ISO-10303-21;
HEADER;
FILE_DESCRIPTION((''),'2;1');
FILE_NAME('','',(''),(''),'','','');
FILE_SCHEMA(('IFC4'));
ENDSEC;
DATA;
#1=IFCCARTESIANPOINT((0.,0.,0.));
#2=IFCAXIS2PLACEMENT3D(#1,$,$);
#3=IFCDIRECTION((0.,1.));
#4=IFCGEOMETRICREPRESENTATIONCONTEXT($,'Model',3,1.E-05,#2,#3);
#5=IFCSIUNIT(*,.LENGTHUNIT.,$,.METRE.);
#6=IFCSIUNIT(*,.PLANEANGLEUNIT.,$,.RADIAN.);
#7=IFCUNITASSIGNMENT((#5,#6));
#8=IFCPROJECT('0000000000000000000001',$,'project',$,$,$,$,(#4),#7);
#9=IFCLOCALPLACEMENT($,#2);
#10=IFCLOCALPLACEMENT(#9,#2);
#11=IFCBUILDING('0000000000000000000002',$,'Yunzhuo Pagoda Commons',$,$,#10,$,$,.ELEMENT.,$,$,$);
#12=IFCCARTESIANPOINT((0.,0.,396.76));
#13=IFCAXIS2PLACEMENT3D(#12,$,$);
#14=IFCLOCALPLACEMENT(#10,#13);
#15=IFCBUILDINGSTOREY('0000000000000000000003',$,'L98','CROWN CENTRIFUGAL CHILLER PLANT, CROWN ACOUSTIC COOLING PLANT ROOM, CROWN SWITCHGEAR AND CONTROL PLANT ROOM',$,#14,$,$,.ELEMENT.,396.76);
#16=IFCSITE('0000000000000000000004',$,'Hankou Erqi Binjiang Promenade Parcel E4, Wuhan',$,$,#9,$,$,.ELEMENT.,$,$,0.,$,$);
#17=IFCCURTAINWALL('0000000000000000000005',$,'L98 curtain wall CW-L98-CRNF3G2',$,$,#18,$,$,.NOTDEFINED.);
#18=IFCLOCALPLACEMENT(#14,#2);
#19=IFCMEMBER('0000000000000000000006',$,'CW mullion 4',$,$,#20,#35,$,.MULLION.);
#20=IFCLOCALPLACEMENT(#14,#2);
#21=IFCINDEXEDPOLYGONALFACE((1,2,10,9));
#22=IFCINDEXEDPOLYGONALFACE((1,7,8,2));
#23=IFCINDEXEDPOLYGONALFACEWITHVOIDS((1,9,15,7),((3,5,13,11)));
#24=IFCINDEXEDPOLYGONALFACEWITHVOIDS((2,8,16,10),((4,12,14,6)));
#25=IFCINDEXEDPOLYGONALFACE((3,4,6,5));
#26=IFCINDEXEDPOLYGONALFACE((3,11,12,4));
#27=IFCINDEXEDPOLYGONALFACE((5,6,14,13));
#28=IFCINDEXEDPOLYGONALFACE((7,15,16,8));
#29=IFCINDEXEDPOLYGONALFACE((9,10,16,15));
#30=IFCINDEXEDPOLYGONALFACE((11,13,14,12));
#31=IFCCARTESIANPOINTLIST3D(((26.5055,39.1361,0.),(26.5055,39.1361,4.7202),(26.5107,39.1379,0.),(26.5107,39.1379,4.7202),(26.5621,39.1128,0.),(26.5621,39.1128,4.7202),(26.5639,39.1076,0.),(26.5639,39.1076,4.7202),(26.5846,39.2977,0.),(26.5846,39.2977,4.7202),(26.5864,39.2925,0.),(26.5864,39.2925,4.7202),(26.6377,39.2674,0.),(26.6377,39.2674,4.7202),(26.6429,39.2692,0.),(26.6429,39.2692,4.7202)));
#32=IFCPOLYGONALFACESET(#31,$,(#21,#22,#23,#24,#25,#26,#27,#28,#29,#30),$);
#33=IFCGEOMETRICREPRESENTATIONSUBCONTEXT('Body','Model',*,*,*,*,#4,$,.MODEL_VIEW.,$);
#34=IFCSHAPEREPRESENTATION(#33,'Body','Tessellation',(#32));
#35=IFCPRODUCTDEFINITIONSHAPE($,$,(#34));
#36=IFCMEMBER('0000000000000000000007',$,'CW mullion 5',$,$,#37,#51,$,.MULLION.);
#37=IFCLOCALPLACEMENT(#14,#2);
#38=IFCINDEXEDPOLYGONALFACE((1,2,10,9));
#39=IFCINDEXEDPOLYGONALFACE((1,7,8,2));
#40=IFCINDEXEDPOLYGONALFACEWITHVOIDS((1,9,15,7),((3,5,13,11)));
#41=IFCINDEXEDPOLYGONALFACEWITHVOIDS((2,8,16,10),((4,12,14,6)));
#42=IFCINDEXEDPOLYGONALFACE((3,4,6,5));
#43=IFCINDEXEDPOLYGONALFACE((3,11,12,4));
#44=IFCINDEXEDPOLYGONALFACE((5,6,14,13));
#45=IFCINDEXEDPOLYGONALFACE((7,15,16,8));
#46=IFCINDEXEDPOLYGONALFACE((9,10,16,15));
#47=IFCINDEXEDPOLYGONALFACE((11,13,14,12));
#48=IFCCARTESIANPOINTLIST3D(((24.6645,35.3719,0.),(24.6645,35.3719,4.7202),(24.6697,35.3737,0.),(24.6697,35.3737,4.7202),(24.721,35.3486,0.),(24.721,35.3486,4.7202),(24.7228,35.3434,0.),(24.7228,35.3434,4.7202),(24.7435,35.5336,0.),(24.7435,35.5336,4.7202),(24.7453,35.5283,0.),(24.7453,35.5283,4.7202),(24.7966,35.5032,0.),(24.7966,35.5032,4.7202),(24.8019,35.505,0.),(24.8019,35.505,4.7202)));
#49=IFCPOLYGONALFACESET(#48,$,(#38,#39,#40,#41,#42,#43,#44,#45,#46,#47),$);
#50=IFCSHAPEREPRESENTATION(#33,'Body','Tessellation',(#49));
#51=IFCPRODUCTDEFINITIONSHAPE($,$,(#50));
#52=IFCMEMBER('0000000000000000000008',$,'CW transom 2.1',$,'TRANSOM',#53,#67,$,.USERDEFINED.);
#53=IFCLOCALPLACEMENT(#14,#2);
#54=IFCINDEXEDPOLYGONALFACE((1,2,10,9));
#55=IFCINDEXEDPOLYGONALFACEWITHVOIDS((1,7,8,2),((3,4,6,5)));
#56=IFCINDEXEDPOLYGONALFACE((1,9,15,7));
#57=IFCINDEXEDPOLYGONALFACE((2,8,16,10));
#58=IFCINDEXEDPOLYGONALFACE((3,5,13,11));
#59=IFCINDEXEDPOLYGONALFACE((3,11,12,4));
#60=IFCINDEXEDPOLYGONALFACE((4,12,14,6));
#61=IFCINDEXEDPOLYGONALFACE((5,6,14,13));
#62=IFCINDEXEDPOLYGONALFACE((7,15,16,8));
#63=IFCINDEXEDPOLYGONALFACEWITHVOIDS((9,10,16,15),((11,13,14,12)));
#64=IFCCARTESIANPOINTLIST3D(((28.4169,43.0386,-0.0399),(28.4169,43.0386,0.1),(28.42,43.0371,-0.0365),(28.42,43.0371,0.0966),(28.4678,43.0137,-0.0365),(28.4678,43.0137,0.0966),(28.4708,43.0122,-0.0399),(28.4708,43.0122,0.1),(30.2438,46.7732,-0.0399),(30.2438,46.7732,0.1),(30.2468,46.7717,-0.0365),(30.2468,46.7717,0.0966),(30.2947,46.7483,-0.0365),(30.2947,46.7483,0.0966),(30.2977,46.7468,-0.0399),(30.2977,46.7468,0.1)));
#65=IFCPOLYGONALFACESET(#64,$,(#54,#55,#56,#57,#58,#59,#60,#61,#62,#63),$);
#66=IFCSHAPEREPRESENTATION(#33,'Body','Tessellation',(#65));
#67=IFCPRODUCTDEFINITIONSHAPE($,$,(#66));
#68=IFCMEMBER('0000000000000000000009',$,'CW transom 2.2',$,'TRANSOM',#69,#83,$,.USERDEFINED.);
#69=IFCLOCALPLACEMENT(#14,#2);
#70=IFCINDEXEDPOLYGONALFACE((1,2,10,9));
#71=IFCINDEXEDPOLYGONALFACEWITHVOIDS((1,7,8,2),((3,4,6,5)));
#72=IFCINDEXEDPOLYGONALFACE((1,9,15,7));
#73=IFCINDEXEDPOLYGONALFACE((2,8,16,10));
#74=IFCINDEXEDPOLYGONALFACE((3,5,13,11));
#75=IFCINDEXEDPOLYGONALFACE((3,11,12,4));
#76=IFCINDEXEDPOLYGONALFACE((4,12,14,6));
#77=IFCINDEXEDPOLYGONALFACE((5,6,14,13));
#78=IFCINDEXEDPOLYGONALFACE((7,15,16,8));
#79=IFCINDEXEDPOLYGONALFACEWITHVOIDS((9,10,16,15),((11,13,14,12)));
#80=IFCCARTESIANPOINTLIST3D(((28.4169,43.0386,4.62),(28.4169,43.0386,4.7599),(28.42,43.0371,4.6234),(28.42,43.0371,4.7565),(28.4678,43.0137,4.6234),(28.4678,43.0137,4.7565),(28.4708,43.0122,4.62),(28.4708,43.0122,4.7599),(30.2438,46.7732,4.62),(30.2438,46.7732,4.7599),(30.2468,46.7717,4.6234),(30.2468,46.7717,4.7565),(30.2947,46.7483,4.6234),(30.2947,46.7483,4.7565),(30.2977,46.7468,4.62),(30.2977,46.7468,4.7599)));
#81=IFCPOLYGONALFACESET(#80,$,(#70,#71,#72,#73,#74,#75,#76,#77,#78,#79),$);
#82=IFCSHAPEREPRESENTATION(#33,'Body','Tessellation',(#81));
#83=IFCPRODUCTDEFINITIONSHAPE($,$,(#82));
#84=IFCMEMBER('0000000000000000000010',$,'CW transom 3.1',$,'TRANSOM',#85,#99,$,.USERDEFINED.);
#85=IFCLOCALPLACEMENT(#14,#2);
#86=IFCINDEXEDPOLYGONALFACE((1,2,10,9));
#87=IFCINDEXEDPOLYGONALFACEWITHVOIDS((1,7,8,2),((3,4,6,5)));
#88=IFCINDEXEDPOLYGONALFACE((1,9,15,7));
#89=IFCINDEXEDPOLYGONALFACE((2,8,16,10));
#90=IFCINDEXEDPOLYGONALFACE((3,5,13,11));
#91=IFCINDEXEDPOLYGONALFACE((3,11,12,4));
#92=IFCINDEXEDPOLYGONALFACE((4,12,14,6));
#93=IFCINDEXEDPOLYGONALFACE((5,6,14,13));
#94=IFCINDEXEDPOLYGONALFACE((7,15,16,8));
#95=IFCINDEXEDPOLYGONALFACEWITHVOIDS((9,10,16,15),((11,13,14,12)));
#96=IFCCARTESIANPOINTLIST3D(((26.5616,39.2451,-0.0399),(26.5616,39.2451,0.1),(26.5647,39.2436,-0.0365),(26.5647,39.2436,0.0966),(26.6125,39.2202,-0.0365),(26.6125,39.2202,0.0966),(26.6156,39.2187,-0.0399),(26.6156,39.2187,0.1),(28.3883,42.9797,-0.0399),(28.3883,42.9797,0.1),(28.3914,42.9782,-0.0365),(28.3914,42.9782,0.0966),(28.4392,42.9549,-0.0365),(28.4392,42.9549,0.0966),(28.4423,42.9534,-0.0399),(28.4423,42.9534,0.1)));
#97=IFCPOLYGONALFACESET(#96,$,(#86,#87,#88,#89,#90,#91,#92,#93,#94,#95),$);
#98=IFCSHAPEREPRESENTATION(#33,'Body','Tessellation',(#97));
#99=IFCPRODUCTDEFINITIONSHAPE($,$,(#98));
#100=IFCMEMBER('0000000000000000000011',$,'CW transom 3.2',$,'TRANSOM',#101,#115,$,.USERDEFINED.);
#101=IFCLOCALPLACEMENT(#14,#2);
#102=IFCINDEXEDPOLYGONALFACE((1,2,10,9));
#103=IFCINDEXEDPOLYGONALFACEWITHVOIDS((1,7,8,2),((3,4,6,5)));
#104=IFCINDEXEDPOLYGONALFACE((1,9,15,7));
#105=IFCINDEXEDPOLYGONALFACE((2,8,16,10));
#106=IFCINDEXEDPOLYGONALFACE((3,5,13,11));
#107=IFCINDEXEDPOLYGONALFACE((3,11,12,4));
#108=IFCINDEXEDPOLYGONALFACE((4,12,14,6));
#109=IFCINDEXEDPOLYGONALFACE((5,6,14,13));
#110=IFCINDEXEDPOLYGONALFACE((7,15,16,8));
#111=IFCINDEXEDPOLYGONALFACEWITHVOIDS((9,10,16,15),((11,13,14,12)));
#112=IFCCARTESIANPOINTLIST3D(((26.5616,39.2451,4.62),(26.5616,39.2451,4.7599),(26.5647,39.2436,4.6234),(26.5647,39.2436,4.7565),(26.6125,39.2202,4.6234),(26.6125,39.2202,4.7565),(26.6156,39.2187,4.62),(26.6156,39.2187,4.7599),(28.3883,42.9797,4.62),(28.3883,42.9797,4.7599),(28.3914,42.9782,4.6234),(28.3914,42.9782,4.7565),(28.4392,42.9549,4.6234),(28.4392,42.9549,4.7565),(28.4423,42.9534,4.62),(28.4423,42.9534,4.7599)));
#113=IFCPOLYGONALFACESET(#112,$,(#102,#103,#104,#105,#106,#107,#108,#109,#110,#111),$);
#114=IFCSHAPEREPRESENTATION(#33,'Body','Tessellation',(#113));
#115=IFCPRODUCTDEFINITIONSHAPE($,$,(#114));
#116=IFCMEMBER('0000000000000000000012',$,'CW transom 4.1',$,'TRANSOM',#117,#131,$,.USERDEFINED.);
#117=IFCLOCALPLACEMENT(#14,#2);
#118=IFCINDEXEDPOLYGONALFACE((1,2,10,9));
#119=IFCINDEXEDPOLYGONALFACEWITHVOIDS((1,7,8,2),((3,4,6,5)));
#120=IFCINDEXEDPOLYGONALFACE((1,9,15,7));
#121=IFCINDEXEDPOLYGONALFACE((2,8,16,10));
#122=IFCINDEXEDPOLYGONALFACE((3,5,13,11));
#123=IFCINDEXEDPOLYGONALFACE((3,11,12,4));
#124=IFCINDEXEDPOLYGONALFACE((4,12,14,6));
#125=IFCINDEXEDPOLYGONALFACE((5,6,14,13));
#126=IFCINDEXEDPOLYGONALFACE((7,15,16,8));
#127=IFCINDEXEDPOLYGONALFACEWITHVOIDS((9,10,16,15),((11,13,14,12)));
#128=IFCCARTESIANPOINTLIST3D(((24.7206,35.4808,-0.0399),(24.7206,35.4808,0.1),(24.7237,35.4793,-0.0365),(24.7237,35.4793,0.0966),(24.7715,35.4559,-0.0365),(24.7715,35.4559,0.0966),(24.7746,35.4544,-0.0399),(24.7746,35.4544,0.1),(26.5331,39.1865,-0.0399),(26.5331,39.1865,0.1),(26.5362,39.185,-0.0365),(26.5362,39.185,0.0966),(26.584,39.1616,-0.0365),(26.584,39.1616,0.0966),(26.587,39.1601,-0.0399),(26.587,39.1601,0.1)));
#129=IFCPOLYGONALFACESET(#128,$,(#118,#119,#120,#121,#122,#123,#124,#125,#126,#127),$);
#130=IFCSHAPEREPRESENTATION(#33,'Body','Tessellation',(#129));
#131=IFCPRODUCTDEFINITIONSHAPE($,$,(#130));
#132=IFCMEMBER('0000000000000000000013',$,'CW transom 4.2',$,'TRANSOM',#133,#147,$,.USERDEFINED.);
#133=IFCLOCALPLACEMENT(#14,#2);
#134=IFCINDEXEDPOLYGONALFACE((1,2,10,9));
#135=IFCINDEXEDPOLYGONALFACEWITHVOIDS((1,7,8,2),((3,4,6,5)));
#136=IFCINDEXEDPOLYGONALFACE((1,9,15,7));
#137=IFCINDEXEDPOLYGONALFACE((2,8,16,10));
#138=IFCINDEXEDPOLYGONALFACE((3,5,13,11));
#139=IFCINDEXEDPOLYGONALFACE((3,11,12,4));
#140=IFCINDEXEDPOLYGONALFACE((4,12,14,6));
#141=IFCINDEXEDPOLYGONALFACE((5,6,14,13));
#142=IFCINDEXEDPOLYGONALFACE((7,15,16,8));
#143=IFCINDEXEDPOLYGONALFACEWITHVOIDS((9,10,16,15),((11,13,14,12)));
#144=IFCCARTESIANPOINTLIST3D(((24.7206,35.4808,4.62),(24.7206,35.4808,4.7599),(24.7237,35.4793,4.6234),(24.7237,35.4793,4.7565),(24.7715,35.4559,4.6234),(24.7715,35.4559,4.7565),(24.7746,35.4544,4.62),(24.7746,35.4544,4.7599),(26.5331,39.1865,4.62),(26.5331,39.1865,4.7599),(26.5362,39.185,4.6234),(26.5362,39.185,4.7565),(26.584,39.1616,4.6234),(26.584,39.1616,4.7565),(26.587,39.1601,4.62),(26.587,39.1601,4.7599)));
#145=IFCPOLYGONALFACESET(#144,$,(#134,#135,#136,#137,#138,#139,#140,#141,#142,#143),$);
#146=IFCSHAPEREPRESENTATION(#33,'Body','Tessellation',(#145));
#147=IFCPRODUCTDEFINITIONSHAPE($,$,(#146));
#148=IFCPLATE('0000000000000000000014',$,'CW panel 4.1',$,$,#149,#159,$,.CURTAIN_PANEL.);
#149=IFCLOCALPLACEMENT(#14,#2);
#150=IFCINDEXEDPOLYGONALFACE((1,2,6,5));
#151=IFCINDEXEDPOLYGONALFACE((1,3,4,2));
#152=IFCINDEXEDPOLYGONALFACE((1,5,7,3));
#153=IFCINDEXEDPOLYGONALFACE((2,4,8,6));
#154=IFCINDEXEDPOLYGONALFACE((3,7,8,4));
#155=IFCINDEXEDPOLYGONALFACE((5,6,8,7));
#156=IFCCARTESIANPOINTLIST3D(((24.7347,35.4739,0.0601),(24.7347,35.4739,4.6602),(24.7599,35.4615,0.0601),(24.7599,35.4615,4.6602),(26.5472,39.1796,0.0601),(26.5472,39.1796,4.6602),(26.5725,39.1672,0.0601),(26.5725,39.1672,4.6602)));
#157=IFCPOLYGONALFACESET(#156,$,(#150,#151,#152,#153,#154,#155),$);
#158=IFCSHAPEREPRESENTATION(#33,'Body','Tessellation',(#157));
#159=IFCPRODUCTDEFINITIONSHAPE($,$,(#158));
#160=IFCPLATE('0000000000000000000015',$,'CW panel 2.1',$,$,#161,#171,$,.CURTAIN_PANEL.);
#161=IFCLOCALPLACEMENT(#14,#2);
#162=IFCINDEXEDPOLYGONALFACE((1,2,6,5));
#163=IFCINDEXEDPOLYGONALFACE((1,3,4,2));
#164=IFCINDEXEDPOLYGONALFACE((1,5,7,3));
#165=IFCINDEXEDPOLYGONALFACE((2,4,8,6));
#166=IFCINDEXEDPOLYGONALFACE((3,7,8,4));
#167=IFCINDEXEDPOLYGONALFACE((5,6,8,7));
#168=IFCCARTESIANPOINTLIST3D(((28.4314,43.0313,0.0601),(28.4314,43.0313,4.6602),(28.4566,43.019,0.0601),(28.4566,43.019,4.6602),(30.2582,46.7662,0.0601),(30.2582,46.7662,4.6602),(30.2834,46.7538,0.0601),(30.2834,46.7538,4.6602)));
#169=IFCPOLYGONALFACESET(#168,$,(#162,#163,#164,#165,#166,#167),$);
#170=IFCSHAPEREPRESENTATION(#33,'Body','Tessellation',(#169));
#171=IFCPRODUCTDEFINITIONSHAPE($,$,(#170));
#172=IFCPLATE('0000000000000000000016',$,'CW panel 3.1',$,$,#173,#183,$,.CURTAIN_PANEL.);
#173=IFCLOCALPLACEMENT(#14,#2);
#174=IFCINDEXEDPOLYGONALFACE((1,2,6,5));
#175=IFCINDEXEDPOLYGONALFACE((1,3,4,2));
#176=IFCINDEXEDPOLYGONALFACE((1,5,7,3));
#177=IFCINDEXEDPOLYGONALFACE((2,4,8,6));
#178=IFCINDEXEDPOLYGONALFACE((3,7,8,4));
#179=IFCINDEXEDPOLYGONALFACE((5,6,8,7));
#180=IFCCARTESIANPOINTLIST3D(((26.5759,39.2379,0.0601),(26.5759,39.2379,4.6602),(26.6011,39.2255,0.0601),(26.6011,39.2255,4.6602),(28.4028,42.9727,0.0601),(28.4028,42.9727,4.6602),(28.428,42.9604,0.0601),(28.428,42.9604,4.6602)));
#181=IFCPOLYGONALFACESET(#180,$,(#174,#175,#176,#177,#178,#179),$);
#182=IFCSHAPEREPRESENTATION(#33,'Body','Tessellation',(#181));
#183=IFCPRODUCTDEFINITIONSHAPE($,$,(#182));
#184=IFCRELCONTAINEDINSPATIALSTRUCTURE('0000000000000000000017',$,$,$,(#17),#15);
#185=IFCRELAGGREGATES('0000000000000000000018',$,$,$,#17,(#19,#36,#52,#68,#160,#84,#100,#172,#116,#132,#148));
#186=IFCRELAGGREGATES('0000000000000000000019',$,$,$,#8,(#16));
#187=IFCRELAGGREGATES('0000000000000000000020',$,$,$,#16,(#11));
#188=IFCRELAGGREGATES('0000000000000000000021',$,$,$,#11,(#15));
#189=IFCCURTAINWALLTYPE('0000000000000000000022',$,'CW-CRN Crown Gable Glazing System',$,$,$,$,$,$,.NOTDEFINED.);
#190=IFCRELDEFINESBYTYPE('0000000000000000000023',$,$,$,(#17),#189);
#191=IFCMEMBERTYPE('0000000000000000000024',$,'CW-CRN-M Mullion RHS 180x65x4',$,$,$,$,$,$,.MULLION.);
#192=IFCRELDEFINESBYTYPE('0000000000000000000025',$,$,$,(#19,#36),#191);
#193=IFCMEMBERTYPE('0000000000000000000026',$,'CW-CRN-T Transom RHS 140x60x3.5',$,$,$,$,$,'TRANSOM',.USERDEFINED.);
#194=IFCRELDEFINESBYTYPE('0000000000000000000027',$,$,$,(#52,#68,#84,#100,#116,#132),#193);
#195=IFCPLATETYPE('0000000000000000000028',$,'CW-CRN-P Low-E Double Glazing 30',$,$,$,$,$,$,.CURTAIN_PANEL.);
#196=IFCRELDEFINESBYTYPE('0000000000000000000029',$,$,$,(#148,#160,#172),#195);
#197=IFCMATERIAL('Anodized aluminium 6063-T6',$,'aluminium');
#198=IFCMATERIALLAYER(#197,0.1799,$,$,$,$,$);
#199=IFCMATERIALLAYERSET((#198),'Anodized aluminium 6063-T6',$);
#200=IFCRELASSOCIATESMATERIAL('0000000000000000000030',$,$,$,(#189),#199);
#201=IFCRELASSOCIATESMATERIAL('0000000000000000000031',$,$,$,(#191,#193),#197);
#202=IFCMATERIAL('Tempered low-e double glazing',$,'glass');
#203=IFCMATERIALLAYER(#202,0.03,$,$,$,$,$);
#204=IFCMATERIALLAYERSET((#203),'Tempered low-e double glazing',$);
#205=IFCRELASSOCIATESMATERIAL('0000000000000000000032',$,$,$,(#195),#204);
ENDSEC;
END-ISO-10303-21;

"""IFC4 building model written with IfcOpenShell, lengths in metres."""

from ifc_helpers import new_model, si_unit, direction, frame, origin, origin_2d, place, context, subcontext, project, spatial, rectangle, hollow_rectangle, extrude, source, transform, mapped, material, layer, layer_set, material_profile, profile_set, type_object, element, aggregate, save


model = new_model("IFC4")

# Units and contexts
model_context = context("Model", 3, precision=1e-05, world=origin(), true_north=direction((0.0, 1.0)))
body_context = subcontext(model_context, "Body", "Model", "MODEL_VIEW")
ifc_project = project(units=[si_unit("LENGTHUNIT", "METRE"), si_unit("PLANEANGLEUNIT", "RADIAN")], contexts=[model_context])

# Site, building, storey
site_placement = place(None, origin())
site = spatial("IfcSite", under=ifc_project, at=site_placement, Name="Hankou Erqi Binjiang Promenade Parcel E4, Wuhan", CompositionType="ELEMENT", RefElevation=0.0)
building_placement = place(site_placement, origin())
building = spatial("IfcBuilding", under=site, at=building_placement, Name="Yunzhuo Pagoda Commons", CompositionType="ELEMENT")
storey_placement = place(building_placement, frame((0.0, 0.0, 396.76)))
storey = spatial("IfcBuildingStorey", under=building, at=storey_placement, Name="L98", Description="CROWN CENTRIFUGAL CHILLER PLANT, CROWN ACOUSTIC COOLING PLANT ROOM, CROWN SWITCHGEAR AND CONTROL PLANT ROOM", CompositionType="ELEMENT", Elevation=396.76)

# Curtain wall, members, plates
ifc_material_1 = material(Name="Anodized aluminium 6063-T6", Category="aluminium")
ifc_layer_1 = layer(ifc_material_1, 0.1799)
ifc_layer_set_1 = layer_set([ifc_layer_1], Name="Anodized aluminium 6063-T6")
curtain_wall_type = type_object("IfcCurtainWallType", Name="CW-CRN Crown Gable Glazing System", PredefinedType="NOTDEFINED", material=ifc_layer_set_1)
curtain_wall_placement = place(storey_placement, origin())
curtain_wall = element("IfcCurtainWall", 1, at=curtain_wall_placement, inside=storey, type_object=curtain_wall_type, Name="L98 curtain wall CW-L98-CRNF3G2", PredefinedType="NOTDEFINED")
ifc_material_profile_1 = material_profile(ifc_material_1, hollow_rectangle(XDim=0.0649, YDim=0.1799, WallThickness=0.0039, at=origin_2d()), Name="Anodized aluminium 6063-T6")
ifc_profile_set_1 = profile_set([ifc_material_profile_1], Name="Anodized aluminium 6063-T6")
member_type_1 = type_object("IfcMemberType", Name="CW-CRN-M Mullion RHS 180x65x4", PredefinedType="MULLION", material=ifc_profile_set_1)
shared_shape_1 = source(origin(), body_context, "Body", "SweptSolid", [
    extrude(hollow_rectangle(XDim=0.0649, YDim=0.1799, WallThickness=0.0039, at=origin_2d()), origin(), (0.0, 0.0, 1.0), 4.7202),
])
member_1_placement = place(storey_placement, frame((26.5742, 39.2026, 0.0), z_axis=(0.0, 0.0, 1.0), x_axis=(0.898299, -0.439384, 0.0)))
member_1 = element("IfcMember", 2, at=member_1_placement, type_object=member_type_1, Name="CW mullion 4", PredefinedType="MULLION", context=body_context, shape_type="MappedRepresentation", body=[
    mapped(shared_shape_1, transform((0.0, 0.0, 0.0), scale=1.0)),
])
member_2_placement = place(storey_placement, frame((24.7332, 35.4385, 0.0), z_axis=(0.0, 0.0, 1.0), x_axis=(0.898299, -0.439384, 0.0)))
member_2 = element("IfcMember", 3, at=member_2_placement, type_object=member_type_1, Name="CW mullion 5", PredefinedType="MULLION", context=body_context, shape_type="MappedRepresentation", body=[
    mapped(shared_shape_1, transform((0.0, 0.0, 0.0), scale=1.0)),
])
ifc_material_profile_2 = material_profile(ifc_material_1, hollow_rectangle(XDim=0.0601, YDim=0.1399, WallThickness=0.0034, at=origin_2d()), Name="Anodized aluminium 6063-T6")
ifc_profile_set_2 = profile_set([ifc_material_profile_2], Name="Anodized aluminium 6063-T6")
member_type_2 = type_object("IfcMemberType", Name="CW-CRN-T Transom RHS 140x60x3.5", ElementType="TRANSOM", PredefinedType="USERDEFINED", material=ifc_profile_set_2)
shared_shape_2 = source(origin(), body_context, "Body", "SweptSolid", [
    extrude(hollow_rectangle(XDim=0.0601, YDim=0.1399, WallThickness=0.0034, at=origin_2d()), origin(), (0.0, 0.0, 1.0), 4.1575),
])
member_3_placement = place(storey_placement, frame((30.2708, 46.76, 0.03), z_axis=(-0.439422, -0.898281, 0.0), x_axis=(0.898281, -0.439422, 0.0)))
member_3 = element("IfcMember", 4, at=member_3_placement, type_object=member_type_2, Name="CW transom 2.1", ObjectType="TRANSOM", PredefinedType="USERDEFINED", context=body_context, shape_type="MappedRepresentation", body=[
    mapped(shared_shape_2, transform((0.0, 0.0, 0.0), scale=1.0)),
])
member_4_placement = place(storey_placement, frame((30.2708, 46.76, 4.6899), z_axis=(-0.439422, -0.898281, 0.0), x_axis=(0.898281, -0.439422, 0.0)))
member_4 = element("IfcMember", 5, at=member_4_placement, type_object=member_type_2, Name="CW transom 2.2", ObjectType="TRANSOM", PredefinedType="USERDEFINED", context=body_context, shape_type="MappedRepresentation", body=[
    mapped(shared_shape_2, transform((0.0, 0.0, 0.0), scale=1.0)),
])
member_5_placement = place(storey_placement, frame((28.4153, 42.9666, 0.03), z_axis=(-0.439374, -0.898304, 0.0), x_axis=(0.898304, -0.439374, 0.0)))
member_5 = element("IfcMember", 6, at=member_5_placement, type_object=member_type_2, Name="CW transom 3.1", ObjectType="TRANSOM", PredefinedType="USERDEFINED", context=body_context, shape_type="MappedRepresentation", body=[
    mapped(shared_shape_2, transform((0.0, 0.0, 0.0), scale=1.0)),
])
member_6_placement = place(storey_placement, frame((28.4153, 42.9666, 4.6899), z_axis=(-0.439374, -0.898304, 0.0), x_axis=(0.898304, -0.439374, 0.0)))
member_6 = element("IfcMember", 7, at=member_6_placement, type_object=member_type_2, Name="CW transom 3.2", ObjectType="TRANSOM", PredefinedType="USERDEFINED", context=body_context, shape_type="MappedRepresentation", body=[
    mapped(shared_shape_2, transform((0.0, 0.0, 0.0), scale=1.0)),
])
shared_shape_3 = source(origin(), body_context, "Body", "SweptSolid", [
    extrude(hollow_rectangle(XDim=0.0601, YDim=0.1399, WallThickness=0.0034, at=origin_2d()), origin(), (0.0, 0.0, 1.0), 4.1252),
])
member_7_placement = place(storey_placement, frame((26.5601, 39.1733, 0.03), z_axis=(-0.439361, -0.898311, 0.0), x_axis=(0.898311, -0.439361, 0.0)))
member_7 = element("IfcMember", 8, at=member_7_placement, type_object=member_type_2, Name="CW transom 4.1", ObjectType="TRANSOM", PredefinedType="USERDEFINED", context=body_context, shape_type="MappedRepresentation", body=[
    mapped(shared_shape_3, transform((0.0, 0.0, 0.0), scale=1.0)),
])
member_8_placement = place(storey_placement, frame((26.5601, 39.1733, 4.6899), z_axis=(-0.439361, -0.898311, 0.0), x_axis=(0.898311, -0.439361, 0.0)))
member_8 = element("IfcMember", 9, at=member_8_placement, type_object=member_type_2, Name="CW transom 4.2", ObjectType="TRANSOM", PredefinedType="USERDEFINED", context=body_context, shape_type="MappedRepresentation", body=[
    mapped(shared_shape_3, transform((0.0, 0.0, 0.0), scale=1.0)),
])
ifc_material_2 = material(Name="Tempered low-e double glazing", Category="glass")
ifc_layer_2 = layer(ifc_material_2, 0.03)
ifc_layer_set_2 = layer_set([ifc_layer_2], Name="Tempered low-e double glazing")
plate_type = type_object("IfcPlateType", Name="CW-CRN-P Low-E Double Glazing 30", PredefinedType="CURTAIN_PANEL", material=ifc_layer_set_2)
shared_shape_4 = source(origin(), body_context, "Body", "SweptSolid", [
    extrude(rectangle(XDim=4.1252, YDim=0.0281, at=origin_2d()), origin(), (0.0, 0.0, 1.0), 4.6001),
])
plate_1_placement = place(storey_placement, frame((25.6536, 37.3206, 0.0601), z_axis=(0.0, 0.0, 1.0), x_axis=(-0.439384, -0.898299, 0.0)))
plate_1 = element("IfcPlate", 10, at=plate_1_placement, type_object=plate_type, Name="CW panel 4.1", PredefinedType="CURTAIN_PANEL", context=body_context, shape_type="MappedRepresentation", body=[
    mapped(shared_shape_4, transform((0.0, 0.0, 0.0), scale=1.0)),
])
shared_shape_5 = source(origin(), body_context, "Body", "SweptSolid", [
    extrude(rectangle(XDim=4.1577, YDim=0.0281, at=origin_2d()), origin(), (0.0, 0.0, 1.0), 4.6001),
])
plate_2_placement = place(storey_placement, frame((29.3574, 44.8926, 0.0601), z_axis=(0.0, 0.0, 1.0), x_axis=(-0.439384, -0.898299, 0.0)))
plate_2 = element("IfcPlate", 11, at=plate_2_placement, type_object=plate_type, Name="CW panel 2.1", PredefinedType="CURTAIN_PANEL", context=body_context, shape_type="MappedRepresentation", body=[
    mapped(shared_shape_5, transform((0.0, 0.0, 0.0), scale=1.0)),
])
plate_3_placement = place(storey_placement, frame((27.502, 41.0991, 0.0601), z_axis=(0.0, 0.0, 1.0), x_axis=(-0.439384, -0.898299, 0.0)))
plate_3 = element("IfcPlate", 12, at=plate_3_placement, type_object=plate_type, Name="CW panel 3.1", PredefinedType="CURTAIN_PANEL", context=body_context, shape_type="MappedRepresentation", body=[
    mapped(shared_shape_5, transform((0.0, 0.0, 0.0), scale=1.0)),
])
aggregate(curtain_wall, [member_1, member_2, member_3, member_4, plate_2, member_5, member_6, plate_3, member_7, member_8, plate_1])

save(model, "model.ifc")
